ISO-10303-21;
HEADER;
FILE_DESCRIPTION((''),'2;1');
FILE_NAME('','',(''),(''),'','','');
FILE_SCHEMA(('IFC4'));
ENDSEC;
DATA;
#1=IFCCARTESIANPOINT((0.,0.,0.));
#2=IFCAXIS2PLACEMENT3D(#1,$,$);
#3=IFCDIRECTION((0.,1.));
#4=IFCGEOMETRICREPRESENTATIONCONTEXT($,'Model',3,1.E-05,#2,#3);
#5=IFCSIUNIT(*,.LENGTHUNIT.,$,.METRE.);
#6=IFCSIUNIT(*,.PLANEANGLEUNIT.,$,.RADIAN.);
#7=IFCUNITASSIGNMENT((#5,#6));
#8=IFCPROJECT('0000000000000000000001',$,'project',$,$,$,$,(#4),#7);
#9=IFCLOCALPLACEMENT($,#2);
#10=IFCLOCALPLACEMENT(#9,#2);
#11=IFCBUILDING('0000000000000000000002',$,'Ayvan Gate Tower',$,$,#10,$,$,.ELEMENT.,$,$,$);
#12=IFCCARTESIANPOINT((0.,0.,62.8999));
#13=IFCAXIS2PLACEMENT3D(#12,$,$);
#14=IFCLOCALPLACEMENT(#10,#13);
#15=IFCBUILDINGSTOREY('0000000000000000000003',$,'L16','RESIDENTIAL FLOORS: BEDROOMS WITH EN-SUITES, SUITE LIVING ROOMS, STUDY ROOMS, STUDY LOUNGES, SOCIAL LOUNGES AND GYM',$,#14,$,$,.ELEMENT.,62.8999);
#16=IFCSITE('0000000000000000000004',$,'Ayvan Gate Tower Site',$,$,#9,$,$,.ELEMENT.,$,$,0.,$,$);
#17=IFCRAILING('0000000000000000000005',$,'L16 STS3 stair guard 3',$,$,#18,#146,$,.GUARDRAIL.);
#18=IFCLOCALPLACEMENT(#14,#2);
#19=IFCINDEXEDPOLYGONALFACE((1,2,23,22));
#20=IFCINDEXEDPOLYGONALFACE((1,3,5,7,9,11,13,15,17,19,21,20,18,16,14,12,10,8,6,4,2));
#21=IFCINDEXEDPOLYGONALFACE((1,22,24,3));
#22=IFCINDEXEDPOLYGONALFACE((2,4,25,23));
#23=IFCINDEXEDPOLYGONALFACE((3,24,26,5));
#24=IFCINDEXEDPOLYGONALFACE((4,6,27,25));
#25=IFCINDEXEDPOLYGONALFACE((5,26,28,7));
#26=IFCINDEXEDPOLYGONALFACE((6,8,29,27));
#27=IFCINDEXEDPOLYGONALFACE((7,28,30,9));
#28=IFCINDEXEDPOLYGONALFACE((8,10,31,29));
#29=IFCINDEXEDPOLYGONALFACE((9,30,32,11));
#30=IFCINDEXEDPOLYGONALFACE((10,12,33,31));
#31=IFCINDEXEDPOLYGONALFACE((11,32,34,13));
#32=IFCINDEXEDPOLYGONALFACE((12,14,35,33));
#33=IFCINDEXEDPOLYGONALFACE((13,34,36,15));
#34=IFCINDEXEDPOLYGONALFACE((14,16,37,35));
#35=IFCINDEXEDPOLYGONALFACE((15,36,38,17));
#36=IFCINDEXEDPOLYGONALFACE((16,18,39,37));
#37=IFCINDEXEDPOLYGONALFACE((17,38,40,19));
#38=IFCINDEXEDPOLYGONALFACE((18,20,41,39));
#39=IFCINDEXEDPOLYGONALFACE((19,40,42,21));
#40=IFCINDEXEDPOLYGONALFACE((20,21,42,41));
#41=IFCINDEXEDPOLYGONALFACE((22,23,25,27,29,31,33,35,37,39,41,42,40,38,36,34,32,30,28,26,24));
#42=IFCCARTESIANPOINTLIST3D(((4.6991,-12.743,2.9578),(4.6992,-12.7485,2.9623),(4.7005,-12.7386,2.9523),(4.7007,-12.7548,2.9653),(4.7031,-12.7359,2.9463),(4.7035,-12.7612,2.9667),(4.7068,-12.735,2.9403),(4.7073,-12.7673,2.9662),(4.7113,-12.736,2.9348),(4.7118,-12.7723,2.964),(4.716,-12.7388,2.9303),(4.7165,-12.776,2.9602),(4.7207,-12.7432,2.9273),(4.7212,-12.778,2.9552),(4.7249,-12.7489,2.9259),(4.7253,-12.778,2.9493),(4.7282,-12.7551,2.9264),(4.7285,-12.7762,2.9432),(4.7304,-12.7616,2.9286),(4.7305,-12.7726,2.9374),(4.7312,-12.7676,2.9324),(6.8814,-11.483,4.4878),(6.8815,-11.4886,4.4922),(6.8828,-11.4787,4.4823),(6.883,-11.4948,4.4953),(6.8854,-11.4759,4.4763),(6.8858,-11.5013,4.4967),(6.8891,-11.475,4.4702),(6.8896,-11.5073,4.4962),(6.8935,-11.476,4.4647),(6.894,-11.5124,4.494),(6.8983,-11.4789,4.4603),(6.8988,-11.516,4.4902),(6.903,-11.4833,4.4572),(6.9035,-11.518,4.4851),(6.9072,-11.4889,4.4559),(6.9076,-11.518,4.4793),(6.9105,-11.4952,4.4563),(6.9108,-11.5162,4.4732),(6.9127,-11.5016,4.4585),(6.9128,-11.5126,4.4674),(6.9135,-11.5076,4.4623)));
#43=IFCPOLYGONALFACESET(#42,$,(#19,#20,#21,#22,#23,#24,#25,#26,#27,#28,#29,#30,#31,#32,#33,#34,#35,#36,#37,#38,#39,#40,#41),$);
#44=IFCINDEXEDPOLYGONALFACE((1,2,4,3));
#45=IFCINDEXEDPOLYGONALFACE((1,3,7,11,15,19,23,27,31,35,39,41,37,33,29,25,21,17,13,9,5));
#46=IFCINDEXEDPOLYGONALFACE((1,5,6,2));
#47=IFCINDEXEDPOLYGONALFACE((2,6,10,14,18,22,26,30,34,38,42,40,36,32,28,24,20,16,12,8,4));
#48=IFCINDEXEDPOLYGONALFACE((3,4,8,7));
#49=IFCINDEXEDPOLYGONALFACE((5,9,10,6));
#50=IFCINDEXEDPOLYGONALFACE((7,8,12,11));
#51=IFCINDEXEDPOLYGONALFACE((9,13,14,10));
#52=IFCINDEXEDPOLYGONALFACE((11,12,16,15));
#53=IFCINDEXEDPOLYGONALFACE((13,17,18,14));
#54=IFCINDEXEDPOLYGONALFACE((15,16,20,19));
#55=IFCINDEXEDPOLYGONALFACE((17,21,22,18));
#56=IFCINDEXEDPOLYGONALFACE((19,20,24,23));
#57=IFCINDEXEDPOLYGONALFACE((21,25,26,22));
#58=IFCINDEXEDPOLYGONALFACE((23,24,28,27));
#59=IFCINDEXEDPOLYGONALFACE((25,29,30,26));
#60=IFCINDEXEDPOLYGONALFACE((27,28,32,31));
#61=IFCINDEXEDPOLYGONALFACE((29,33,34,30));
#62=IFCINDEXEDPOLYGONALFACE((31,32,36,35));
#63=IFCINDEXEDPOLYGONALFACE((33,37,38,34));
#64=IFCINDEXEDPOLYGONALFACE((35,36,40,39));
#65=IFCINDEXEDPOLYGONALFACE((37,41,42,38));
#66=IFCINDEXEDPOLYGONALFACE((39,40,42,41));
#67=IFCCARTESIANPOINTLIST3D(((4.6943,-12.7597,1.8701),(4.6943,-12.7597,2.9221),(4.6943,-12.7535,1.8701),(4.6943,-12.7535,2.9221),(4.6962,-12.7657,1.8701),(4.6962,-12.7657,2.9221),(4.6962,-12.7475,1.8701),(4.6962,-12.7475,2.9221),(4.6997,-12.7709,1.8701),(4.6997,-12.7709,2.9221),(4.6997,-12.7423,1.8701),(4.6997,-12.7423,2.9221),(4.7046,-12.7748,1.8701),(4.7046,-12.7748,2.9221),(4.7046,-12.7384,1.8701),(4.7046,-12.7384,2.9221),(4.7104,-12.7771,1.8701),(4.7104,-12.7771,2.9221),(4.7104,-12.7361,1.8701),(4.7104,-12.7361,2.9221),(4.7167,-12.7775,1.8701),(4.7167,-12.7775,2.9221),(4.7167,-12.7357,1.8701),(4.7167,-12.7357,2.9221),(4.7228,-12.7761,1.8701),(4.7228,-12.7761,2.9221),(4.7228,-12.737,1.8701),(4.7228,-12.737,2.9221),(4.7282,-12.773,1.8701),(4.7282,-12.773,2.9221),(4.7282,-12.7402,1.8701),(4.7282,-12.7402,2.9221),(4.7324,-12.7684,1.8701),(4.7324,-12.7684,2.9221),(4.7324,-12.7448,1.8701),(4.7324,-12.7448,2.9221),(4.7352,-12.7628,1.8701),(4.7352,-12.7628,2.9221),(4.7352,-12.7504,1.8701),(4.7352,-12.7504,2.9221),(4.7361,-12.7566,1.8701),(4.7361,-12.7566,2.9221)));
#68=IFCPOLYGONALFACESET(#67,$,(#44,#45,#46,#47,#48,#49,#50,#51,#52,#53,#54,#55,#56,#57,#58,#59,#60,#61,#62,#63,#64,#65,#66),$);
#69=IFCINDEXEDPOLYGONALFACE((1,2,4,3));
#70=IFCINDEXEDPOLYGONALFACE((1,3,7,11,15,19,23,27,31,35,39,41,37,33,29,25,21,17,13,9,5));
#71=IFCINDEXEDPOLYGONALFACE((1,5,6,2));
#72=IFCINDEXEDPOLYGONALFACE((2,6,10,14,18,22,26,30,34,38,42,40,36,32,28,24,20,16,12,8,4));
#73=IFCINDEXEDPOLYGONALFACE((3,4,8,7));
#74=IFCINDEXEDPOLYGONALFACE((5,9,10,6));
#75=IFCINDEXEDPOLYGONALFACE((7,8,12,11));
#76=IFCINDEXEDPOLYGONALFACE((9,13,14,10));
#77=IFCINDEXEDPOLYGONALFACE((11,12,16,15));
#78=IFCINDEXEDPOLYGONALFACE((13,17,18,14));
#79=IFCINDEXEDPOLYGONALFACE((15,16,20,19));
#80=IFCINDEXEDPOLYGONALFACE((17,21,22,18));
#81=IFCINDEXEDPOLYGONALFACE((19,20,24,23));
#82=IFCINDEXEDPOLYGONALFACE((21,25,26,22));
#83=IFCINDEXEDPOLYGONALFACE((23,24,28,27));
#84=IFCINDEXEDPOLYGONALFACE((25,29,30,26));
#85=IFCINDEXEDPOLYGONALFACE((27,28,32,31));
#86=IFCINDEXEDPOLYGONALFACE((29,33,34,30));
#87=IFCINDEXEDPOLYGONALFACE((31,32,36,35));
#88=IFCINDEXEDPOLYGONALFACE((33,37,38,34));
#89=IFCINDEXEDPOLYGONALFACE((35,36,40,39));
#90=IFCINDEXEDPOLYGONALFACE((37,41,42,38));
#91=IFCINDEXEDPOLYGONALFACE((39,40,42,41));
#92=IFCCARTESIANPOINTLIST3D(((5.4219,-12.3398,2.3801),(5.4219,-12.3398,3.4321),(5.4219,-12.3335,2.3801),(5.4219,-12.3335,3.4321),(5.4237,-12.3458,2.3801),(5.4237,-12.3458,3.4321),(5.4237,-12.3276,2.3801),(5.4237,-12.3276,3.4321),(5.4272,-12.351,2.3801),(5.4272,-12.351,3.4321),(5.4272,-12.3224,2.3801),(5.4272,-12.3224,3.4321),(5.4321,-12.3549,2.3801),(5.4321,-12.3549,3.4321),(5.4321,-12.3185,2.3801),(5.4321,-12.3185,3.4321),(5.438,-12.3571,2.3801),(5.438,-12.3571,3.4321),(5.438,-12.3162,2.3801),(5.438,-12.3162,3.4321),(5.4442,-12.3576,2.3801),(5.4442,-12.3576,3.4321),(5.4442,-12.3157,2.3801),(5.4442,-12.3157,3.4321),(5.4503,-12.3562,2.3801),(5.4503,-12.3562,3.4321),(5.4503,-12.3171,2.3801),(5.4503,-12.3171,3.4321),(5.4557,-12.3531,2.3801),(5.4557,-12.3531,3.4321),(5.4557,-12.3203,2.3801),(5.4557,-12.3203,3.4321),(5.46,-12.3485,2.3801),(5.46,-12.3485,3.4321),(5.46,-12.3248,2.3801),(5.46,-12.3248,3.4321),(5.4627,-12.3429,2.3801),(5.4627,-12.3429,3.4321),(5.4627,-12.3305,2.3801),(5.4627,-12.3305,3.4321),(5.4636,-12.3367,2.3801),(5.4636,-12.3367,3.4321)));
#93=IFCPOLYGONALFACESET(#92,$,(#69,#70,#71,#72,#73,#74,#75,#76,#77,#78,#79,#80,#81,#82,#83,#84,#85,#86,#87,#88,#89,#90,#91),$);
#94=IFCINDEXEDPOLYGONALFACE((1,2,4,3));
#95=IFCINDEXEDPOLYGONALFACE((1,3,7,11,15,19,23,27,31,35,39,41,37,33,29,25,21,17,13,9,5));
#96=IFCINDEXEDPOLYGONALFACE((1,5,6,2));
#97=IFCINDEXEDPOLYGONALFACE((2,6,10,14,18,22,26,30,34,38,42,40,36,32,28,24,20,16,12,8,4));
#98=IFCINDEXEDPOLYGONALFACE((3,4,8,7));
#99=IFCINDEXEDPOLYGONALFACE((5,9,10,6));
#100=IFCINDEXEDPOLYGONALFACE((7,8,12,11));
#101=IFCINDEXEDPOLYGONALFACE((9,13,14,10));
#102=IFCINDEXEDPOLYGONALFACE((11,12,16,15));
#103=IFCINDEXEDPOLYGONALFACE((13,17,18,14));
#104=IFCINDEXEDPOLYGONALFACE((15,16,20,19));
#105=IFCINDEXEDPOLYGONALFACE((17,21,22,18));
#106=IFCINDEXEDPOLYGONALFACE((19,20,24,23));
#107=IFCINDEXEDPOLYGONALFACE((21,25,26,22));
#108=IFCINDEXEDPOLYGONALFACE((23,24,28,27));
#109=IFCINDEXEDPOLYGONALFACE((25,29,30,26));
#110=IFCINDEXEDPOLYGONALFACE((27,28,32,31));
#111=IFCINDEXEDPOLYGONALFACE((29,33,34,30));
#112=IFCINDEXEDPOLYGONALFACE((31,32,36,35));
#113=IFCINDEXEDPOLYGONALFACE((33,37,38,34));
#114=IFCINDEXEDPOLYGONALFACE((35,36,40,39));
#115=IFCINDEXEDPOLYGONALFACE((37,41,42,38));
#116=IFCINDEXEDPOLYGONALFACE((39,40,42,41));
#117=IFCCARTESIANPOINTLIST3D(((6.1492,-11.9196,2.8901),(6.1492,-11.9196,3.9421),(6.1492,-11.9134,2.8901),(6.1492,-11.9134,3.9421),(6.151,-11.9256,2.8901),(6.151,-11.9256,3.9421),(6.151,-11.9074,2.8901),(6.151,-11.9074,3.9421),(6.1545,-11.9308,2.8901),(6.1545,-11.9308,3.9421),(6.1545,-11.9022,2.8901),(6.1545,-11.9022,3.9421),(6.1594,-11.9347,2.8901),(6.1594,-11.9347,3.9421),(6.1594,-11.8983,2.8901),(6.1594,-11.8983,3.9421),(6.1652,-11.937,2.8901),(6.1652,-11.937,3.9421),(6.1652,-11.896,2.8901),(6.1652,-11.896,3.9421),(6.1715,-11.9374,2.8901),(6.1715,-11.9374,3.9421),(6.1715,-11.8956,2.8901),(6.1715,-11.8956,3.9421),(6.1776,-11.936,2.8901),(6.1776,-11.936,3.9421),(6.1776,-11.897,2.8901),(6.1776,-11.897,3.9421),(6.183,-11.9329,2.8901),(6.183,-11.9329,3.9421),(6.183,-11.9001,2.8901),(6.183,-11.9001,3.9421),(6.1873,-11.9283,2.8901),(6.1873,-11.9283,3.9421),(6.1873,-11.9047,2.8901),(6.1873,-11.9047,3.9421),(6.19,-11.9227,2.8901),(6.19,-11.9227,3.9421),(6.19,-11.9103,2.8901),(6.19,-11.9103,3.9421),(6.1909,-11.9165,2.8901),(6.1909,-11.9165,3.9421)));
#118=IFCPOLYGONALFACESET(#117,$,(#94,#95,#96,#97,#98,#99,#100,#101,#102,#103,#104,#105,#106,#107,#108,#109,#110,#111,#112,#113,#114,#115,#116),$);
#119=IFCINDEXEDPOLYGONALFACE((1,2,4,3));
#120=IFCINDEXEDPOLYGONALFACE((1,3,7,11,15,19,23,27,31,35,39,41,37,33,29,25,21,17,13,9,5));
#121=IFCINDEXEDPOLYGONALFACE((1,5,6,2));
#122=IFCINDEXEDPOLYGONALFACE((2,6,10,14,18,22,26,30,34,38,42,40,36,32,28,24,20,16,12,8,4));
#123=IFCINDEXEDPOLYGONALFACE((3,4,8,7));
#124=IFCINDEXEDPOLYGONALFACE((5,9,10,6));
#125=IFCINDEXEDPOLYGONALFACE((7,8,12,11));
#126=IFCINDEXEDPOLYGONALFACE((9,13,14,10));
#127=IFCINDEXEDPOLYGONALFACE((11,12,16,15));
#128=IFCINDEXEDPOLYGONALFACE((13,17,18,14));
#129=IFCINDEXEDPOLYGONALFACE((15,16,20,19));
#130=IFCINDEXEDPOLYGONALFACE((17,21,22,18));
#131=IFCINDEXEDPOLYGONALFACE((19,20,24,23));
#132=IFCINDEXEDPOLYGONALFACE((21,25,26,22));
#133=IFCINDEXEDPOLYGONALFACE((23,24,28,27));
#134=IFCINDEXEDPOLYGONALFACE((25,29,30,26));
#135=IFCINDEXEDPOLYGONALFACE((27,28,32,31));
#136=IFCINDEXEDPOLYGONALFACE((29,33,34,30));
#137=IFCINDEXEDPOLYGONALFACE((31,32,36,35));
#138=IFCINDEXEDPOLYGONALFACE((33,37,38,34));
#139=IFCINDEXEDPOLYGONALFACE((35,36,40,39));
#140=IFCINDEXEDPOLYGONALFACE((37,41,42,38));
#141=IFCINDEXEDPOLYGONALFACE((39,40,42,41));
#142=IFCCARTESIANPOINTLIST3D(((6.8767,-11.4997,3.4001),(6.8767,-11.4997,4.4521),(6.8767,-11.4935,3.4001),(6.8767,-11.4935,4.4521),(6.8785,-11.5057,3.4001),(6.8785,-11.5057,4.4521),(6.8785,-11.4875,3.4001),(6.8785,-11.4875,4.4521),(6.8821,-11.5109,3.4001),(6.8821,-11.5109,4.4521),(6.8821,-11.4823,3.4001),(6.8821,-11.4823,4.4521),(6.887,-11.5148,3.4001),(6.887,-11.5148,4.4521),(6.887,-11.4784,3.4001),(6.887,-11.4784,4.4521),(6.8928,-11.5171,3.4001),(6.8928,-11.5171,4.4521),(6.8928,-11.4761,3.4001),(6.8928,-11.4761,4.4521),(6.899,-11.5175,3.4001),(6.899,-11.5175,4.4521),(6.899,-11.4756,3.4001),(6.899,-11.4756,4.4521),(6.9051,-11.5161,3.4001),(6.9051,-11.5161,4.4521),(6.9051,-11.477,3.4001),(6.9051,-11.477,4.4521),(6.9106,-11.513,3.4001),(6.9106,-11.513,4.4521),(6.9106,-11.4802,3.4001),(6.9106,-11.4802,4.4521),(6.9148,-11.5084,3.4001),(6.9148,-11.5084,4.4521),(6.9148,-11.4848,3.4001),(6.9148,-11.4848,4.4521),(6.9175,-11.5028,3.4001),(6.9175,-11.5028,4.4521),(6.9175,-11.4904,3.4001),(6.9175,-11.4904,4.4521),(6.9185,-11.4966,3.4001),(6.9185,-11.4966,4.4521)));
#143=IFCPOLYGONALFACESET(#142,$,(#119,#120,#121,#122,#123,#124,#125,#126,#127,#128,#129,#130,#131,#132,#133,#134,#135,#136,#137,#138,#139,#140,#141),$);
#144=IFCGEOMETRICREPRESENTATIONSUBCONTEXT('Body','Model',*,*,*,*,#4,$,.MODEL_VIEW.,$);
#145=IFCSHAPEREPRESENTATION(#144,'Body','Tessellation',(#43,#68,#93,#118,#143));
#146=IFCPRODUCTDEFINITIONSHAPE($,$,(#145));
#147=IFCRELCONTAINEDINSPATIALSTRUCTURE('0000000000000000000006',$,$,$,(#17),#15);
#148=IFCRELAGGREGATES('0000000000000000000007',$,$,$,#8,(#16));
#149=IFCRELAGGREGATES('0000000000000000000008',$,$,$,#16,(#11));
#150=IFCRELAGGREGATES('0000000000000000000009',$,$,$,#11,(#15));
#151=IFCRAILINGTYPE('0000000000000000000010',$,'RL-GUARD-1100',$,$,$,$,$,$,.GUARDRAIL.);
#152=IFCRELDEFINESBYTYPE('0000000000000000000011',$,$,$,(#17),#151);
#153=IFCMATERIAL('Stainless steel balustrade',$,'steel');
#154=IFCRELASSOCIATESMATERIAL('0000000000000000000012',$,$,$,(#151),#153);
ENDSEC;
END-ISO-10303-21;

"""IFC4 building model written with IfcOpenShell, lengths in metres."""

from ifc_helpers import new_model, si_unit, direction, frame, origin, origin_2d, place, context, subcontext, project, spatial, circle, extrude, material, type_object, element, save


model = new_model("IFC4")

# Units and contexts
model_context = context("Model", 3, precision=1e-05, world=origin(), true_north=direction((0.0, 1.0)))
body_context = subcontext(model_context, "Body", "Model", "MODEL_VIEW")
ifc_project = project(units=[si_unit("LENGTHUNIT", "METRE"), si_unit("PLANEANGLEUNIT", "RADIAN")], contexts=[model_context])

# Site, building, storey
site_placement = place(None, origin())
site = spatial("IfcSite", under=ifc_project, at=site_placement, Name="Ayvan Gate Tower Site", CompositionType="ELEMENT", RefElevation=0.0)
building_placement = place(site_placement, origin())
building = spatial("IfcBuilding", under=site, at=building_placement, Name="Ayvan Gate Tower", CompositionType="ELEMENT")
storey_placement = place(building_placement, frame((0.0, 0.0, 62.8999)))
storey = spatial("IfcBuildingStorey", under=building, at=storey_placement, Name="L16", Description="RESIDENTIAL FLOORS: BEDROOMS WITH EN-SUITES, SUITE LIVING ROOMS, STUDY ROOMS, STUDY LOUNGES, SOCIAL LOUNGES AND GYM", CompositionType="ELEMENT", Elevation=62.8999)

# Railing
ifc_material_1 = material(Name="Stainless steel balustrade", Category="steel")
railing_type_1 = type_object("IfcRailingType", Name="RL-GUARD-1100", PredefinedType="GUARDRAIL", material=ifc_material_1)
railing_1_placement = place(storey_placement, frame((4.7151, -12.7566, 1.8701)))
element("IfcRailing", 1, at=railing_1_placement, inside=storey, type_object=railing_type_1, Name="L16 STS3 stair guard 3", PredefinedType="GUARDRAIL", context=body_context, shape_type="SweptSolid", body=[
    extrude(circle(Radius=0.0239, at=origin_2d()), frame((0.0, 0.0, 1.0762), z_axis=(0.740261, 0.427395, 0.518986), x_axis=(-0.500005, 0.866023, 0.0)), (0.0, 0.0, 1.0), 2.948),
    extrude(circle(Radius=0.021, at=origin_2d()), origin(), (0.0, 0.0, 1.0), 1.052),
    extrude(circle(Radius=0.021, at=origin_2d()), frame((0.7275, 0.4199, 0.51)), (0.0, 0.0, 1.0), 1.052),
    extrude(circle(Radius=0.021, at=origin_2d()), frame((1.4548, 0.8401, 1.02)), (0.0, 0.0, 1.0), 1.052),
    extrude(circle(Radius=0.021, at=origin_2d()), frame((2.1824, 1.26, 1.53)), (0.0, 0.0, 1.0), 1.052),
])

save(model, "model.ifc")
